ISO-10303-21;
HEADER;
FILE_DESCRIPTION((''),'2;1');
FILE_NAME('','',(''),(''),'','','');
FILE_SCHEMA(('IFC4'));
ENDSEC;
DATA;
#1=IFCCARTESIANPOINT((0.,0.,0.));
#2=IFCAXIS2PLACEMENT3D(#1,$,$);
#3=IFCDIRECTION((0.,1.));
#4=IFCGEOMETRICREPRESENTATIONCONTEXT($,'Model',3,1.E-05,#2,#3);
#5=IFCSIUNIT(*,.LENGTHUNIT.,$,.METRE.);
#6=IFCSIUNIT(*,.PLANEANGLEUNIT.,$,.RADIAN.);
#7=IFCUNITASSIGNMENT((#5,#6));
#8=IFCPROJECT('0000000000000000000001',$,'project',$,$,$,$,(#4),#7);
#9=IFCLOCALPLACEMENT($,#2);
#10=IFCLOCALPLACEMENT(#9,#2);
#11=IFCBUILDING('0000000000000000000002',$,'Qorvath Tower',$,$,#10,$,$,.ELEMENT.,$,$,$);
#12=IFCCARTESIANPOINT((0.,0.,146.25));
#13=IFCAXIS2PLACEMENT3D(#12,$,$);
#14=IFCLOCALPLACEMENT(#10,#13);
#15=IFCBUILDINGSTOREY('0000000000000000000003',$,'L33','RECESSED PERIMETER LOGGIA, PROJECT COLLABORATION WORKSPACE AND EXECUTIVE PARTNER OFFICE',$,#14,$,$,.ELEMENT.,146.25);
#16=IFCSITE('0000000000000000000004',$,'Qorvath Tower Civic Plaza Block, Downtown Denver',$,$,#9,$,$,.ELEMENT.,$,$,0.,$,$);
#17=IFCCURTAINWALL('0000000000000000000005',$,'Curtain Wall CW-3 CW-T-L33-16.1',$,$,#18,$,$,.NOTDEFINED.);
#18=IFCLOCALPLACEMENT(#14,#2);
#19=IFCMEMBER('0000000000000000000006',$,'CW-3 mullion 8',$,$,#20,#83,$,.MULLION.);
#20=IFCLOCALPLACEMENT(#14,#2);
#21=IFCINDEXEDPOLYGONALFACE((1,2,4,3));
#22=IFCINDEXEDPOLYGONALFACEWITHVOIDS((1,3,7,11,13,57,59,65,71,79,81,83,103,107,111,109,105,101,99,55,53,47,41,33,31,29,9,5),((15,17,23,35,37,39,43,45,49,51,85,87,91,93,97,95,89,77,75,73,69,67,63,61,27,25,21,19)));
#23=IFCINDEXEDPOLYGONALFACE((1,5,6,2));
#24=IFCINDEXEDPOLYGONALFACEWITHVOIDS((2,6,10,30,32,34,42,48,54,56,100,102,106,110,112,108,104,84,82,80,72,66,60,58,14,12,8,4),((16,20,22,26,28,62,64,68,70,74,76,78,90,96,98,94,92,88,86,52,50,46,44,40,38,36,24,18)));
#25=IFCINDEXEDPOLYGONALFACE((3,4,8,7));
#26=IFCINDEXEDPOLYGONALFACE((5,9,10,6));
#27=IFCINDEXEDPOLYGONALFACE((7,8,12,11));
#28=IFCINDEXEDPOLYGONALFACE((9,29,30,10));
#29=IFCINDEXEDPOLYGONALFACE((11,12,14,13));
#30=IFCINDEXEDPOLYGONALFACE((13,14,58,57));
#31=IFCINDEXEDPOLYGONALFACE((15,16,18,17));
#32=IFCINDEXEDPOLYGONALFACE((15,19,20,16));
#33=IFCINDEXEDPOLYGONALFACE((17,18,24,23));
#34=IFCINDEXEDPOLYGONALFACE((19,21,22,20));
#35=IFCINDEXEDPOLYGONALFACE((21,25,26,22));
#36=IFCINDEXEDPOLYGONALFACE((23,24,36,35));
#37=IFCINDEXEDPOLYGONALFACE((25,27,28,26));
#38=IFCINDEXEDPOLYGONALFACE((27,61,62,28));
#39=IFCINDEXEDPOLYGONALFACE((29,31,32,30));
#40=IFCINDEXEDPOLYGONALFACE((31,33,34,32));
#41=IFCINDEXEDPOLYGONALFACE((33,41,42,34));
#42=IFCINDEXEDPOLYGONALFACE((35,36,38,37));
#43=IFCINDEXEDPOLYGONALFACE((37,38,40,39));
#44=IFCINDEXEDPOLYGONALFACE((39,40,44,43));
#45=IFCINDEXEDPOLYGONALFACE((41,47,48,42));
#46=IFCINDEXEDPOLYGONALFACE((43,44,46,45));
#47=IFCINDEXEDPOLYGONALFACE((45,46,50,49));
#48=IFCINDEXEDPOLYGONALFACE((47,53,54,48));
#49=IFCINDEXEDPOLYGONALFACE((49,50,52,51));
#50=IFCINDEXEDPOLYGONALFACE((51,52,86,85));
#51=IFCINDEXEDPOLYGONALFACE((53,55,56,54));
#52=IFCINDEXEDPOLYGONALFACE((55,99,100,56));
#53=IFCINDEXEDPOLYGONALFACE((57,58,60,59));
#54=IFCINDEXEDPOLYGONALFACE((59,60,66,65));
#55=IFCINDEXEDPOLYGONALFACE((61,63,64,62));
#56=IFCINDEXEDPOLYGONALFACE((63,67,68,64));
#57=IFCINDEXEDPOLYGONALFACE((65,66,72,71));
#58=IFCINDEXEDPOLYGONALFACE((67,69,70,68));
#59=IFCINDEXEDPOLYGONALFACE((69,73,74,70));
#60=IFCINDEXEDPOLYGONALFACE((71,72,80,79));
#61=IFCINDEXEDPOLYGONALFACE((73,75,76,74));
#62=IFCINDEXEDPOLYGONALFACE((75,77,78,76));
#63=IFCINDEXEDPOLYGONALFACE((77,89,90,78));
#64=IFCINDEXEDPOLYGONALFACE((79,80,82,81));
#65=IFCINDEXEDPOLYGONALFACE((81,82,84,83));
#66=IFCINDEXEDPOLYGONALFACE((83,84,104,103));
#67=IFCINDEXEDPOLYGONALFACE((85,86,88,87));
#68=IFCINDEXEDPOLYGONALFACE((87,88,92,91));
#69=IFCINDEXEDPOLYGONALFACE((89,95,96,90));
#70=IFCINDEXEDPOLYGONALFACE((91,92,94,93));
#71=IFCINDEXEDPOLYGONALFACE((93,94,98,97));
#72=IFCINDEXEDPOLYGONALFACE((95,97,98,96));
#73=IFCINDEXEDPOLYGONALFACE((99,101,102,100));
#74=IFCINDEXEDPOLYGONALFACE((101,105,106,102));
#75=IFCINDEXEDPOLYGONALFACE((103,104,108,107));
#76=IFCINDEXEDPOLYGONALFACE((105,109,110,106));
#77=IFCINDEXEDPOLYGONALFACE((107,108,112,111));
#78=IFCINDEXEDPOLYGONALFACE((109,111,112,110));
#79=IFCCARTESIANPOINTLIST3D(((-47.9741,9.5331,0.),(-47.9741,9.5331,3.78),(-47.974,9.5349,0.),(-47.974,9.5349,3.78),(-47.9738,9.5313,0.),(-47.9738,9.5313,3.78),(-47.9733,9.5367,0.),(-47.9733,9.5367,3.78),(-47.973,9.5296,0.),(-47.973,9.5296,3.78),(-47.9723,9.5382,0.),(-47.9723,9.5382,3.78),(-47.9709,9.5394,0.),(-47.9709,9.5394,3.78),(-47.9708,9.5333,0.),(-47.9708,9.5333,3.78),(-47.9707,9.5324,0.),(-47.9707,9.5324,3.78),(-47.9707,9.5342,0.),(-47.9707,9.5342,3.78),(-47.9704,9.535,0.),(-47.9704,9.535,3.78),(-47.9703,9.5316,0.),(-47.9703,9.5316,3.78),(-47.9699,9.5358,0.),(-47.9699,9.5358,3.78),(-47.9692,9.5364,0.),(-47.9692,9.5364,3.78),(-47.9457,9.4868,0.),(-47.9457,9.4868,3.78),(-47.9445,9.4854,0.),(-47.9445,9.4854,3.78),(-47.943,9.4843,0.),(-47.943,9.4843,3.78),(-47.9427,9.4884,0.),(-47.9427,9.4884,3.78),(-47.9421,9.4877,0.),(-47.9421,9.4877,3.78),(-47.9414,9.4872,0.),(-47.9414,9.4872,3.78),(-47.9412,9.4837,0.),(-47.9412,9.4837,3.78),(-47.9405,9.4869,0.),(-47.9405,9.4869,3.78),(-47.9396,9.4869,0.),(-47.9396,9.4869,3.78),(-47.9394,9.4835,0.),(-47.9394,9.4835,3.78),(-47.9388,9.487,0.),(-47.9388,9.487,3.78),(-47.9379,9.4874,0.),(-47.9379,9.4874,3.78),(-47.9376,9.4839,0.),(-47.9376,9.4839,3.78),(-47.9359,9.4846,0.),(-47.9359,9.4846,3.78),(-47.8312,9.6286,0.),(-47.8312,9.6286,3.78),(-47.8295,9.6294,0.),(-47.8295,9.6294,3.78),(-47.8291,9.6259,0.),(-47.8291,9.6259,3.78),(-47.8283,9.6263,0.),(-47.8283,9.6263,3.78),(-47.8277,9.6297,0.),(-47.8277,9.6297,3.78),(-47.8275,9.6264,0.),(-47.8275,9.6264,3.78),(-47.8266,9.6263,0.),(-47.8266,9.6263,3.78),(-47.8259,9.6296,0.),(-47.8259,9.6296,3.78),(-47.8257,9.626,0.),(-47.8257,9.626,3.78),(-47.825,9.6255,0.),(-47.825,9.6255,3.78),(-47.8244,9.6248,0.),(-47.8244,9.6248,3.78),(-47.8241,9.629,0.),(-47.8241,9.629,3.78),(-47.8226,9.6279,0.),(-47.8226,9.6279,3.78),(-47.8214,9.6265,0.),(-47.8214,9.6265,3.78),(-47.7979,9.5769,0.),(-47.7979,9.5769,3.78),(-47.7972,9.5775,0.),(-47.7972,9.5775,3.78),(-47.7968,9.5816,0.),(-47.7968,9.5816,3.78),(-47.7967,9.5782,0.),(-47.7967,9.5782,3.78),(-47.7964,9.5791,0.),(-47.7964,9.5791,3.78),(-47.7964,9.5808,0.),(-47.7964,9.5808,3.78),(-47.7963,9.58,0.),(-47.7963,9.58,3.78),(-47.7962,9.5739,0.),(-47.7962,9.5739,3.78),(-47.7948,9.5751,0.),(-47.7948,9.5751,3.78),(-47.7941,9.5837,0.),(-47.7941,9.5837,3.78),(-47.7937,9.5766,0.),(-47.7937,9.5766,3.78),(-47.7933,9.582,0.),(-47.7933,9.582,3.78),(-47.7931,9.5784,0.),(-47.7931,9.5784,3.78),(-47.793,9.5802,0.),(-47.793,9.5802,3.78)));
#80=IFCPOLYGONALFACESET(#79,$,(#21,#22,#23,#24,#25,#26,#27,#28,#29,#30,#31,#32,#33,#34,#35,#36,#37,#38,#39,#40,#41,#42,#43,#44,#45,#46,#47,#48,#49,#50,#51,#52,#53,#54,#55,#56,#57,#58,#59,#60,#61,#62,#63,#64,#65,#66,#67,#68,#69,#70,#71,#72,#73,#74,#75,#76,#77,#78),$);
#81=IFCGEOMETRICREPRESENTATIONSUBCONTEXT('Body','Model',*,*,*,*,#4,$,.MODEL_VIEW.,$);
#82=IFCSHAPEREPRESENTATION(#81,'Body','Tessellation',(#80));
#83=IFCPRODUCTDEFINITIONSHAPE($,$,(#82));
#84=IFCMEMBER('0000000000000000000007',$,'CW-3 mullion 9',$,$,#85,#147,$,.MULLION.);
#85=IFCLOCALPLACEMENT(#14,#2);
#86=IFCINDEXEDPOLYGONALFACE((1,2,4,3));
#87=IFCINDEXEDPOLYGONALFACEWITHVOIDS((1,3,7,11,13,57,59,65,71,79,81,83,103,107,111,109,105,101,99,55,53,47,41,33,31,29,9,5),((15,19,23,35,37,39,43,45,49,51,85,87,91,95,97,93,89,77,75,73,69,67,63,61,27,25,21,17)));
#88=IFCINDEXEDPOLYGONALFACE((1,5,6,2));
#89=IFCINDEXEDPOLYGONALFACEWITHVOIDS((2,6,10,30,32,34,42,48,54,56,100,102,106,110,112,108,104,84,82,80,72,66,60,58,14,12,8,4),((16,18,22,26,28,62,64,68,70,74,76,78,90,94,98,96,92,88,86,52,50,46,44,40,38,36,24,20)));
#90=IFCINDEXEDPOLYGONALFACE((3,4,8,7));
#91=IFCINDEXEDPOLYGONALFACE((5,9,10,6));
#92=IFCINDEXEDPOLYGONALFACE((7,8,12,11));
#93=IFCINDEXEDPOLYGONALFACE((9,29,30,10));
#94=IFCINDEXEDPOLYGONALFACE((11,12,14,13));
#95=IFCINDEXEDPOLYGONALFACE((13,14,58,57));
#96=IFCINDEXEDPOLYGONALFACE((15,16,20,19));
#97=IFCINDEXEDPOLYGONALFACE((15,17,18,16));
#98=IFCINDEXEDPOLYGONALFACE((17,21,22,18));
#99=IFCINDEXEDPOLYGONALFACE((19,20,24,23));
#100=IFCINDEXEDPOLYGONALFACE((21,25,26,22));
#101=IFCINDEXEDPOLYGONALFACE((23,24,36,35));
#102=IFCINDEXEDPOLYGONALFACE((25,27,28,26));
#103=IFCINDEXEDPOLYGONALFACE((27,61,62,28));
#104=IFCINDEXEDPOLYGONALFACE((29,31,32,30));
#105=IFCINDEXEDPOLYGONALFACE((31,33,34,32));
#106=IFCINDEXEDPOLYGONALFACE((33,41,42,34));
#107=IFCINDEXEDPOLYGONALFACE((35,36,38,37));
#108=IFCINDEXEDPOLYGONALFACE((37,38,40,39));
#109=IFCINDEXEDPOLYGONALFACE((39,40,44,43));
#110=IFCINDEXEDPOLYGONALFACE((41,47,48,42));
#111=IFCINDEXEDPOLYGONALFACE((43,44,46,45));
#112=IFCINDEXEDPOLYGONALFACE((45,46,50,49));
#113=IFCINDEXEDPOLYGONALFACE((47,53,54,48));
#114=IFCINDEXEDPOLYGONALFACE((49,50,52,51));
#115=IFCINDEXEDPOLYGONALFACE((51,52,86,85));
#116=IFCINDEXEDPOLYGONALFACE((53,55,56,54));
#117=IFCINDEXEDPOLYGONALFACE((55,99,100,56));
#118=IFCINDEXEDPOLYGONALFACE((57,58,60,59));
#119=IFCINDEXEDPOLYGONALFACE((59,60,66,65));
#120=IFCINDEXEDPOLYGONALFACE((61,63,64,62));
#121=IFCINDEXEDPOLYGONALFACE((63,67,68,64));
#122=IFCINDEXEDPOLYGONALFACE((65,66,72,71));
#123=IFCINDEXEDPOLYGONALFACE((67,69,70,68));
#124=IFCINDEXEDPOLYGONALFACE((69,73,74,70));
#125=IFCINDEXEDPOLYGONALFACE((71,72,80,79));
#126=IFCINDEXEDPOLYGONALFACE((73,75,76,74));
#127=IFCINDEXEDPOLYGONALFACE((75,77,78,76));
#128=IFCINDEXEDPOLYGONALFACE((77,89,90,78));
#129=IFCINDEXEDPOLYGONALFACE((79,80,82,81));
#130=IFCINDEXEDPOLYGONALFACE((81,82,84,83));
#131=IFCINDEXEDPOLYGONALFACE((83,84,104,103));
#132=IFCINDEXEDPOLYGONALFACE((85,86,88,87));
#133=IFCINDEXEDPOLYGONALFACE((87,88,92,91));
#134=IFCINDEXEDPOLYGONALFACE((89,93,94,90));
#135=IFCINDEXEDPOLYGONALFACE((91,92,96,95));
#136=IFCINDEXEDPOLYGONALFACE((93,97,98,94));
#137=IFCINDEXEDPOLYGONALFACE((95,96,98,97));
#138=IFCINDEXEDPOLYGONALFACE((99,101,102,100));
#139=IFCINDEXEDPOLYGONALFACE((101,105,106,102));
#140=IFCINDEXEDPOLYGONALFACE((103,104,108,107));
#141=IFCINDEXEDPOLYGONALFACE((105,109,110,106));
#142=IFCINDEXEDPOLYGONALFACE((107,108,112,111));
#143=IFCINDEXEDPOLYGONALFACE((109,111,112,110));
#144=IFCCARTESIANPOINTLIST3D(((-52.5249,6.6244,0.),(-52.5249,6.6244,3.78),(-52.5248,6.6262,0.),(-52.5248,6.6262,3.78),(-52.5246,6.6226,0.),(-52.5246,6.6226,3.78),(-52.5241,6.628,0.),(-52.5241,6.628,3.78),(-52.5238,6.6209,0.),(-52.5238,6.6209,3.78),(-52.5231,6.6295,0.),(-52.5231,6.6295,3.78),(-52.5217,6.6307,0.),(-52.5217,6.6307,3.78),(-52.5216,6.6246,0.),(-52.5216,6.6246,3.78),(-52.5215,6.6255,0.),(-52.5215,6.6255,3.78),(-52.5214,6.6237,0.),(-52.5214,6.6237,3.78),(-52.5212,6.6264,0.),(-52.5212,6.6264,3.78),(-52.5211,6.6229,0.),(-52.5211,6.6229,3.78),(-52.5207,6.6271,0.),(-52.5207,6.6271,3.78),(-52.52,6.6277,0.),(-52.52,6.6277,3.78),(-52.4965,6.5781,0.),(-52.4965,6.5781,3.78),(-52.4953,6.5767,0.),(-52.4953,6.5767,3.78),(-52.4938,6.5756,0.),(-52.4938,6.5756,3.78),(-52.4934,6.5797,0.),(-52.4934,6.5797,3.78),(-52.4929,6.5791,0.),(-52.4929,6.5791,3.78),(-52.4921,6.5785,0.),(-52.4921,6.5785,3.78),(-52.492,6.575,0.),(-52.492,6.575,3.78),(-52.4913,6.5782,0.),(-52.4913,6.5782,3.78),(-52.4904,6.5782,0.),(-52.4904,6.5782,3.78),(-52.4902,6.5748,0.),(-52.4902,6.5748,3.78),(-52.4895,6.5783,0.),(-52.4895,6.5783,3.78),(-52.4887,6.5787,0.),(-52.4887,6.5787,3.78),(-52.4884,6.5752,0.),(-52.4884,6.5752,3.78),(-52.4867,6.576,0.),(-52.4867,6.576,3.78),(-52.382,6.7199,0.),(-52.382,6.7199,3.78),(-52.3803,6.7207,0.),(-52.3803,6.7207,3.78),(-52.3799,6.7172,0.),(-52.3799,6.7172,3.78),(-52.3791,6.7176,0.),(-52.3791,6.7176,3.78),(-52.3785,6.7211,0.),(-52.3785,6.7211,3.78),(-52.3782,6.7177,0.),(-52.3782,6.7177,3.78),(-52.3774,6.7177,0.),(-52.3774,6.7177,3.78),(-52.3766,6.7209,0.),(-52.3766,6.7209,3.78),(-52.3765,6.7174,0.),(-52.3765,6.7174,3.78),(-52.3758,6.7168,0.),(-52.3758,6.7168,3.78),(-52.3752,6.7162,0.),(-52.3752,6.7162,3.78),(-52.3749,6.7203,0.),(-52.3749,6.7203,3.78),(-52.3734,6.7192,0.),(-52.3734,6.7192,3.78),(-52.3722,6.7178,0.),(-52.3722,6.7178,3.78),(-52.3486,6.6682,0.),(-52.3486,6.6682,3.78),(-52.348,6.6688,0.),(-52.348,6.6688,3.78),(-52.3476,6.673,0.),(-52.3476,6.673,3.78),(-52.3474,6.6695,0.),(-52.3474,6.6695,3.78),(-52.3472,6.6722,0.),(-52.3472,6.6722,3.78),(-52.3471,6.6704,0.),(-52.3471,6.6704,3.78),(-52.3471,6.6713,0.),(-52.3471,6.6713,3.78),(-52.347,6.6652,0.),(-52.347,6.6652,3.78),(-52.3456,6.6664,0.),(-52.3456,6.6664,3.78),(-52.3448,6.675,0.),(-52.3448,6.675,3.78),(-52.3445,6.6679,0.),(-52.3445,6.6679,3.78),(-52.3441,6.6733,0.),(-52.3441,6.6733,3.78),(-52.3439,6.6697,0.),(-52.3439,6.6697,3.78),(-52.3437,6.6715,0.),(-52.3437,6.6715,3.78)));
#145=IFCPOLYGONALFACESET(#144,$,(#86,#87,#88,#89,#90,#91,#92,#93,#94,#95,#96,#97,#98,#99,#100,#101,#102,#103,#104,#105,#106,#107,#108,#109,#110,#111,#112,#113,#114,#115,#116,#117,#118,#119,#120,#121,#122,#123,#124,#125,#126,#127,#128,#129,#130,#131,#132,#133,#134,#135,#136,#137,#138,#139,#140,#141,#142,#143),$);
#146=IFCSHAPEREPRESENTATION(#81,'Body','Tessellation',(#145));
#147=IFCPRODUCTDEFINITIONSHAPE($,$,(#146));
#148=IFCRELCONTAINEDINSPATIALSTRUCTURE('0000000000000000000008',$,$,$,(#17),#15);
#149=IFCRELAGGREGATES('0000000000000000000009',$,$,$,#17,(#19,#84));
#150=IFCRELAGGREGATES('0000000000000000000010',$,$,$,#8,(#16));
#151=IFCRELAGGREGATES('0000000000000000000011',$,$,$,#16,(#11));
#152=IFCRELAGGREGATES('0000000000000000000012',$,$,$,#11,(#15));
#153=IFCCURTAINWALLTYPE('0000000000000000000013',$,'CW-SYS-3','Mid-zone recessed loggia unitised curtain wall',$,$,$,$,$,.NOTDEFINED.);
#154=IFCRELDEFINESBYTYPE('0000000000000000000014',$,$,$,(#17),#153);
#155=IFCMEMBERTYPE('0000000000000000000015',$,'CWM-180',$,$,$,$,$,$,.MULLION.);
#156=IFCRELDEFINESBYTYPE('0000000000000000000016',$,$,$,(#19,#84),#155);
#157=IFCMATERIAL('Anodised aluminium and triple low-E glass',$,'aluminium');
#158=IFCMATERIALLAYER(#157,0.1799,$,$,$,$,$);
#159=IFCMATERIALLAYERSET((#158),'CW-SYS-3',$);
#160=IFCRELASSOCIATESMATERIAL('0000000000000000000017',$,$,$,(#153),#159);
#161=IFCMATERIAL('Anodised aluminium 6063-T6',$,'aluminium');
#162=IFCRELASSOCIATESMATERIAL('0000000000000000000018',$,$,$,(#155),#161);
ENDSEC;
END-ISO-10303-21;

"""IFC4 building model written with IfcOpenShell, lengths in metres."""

from ifc_helpers import new_model, si_unit, direction, frame, origin, origin_2d, place, context, subcontext, project, spatial, hollow_rectangle, extrude, material, layer, layer_set, material_profile, profile_set, type_object, element, aggregate, save


model = new_model("IFC4")

# Units and contexts
model_context = context("Model", 3, precision=1e-05, world=origin(), true_north=direction((0.0, 1.0)))
body_context = subcontext(model_context, "Body", "Model", "MODEL_VIEW")
ifc_project = project(units=[si_unit("LENGTHUNIT", "METRE"), si_unit("PLANEANGLEUNIT", "RADIAN")], contexts=[model_context])

# Site, building, storey
site_placement = place(None, origin())
site = spatial("IfcSite", under=ifc_project, at=site_placement, Name="Qorvath Tower Civic Plaza Block, Downtown Denver", CompositionType="ELEMENT", RefElevation=0.0)
building_placement = place(site_placement, origin())
building = spatial("IfcBuilding", under=site, at=building_placement, Name="Qorvath Tower", CompositionType="ELEMENT")
storey_placement = place(building_placement, frame((0.0, 0.0, 146.25)))
storey = spatial("IfcBuildingStorey", under=building, at=storey_placement, Name="L33", Description="RECESSED PERIMETER LOGGIA, PROJECT COLLABORATION WORKSPACE AND EXECUTIVE PARTNER OFFICE", CompositionType="ELEMENT", Elevation=146.25)

# Curtain wall, members
ifc_material_1 = material(Name="Anodised aluminium and triple low-E glass", Category="aluminium")
ifc_layer_1 = layer(ifc_material_1, 0.1799)
ifc_layer_set_1 = layer_set([ifc_layer_1], Name="CW-SYS-3")
curtain_wall_type = type_object("IfcCurtainWallType", Name="CW-SYS-3", Description="Mid-zone recessed loggia unitised curtain wall", PredefinedType="NOTDEFINED", material=ifc_layer_set_1)
curtain_wall_placement = place(storey_placement, origin())
curtain_wall = element("IfcCurtainWall", 1, at=curtain_wall_placement, inside=storey, type_object=curtain_wall_type, Name="Curtain Wall CW-3 CW-T-L33-16.1", PredefinedType="NOTDEFINED")
ifc_material_2 = material(Name="Anodised aluminium 6063-T6", Category="aluminium")
ifc_material_profile_1 = material_profile(ifc_material_2, hollow_rectangle(XDim=0.0649, YDim=0.1799, WallThickness=0.0034, InnerFilletRadius=0.0034, OuterFilletRadius=0.0071, at=origin_2d()), Name="CWM 180x65")
ifc_profile_set_1 = profile_set([ifc_material_profile_1], Name="Anodised aluminium 6063-T6")
member_type_1 = type_object("IfcMemberType", Name="CWM-180", PredefinedType="MULLION", material=ifc_profile_set_1)
member_1_placement = place(storey_placement, frame((-47.8835, 9.5566, 0.0), z_axis=(0.0, 0.0, 1.0), x_axis=(0.538533, -0.842604, 0.0)))
member_1 = element("IfcMember", 2, at=member_1_placement, type_object=member_type_1, Name="CW-3 mullion 8", PredefinedType="MULLION", context=body_context, shape_type="SweptSolid", body=[
    extrude(hollow_rectangle(XDim=0.0649, YDim=0.1799, WallThickness=0.0034, InnerFilletRadius=0.0034, OuterFilletRadius=0.0071, at=origin_2d()), origin(), (0.0, 0.0, 1.0), 3.78),
])
member_2_placement = place(storey_placement, frame((-52.4343, 6.6479, 0.0), z_axis=(0.0, 0.0, 1.0), x_axis=(0.538533, -0.842604, 0.0)))
member_2 = element("IfcMember", 3, at=member_2_placement, type_object=member_type_1, Name="CW-3 mullion 9", PredefinedType="MULLION", context=body_context, shape_type="SweptSolid", body=[
    extrude(hollow_rectangle(XDim=0.0649, YDim=0.1799, WallThickness=0.0034, InnerFilletRadius=0.0034, OuterFilletRadius=0.0071, at=origin_2d()), origin(), (0.0, 0.0, 1.0), 3.78),
])
aggregate(curtain_wall, [member_1, member_2])

save(model, "model.ifc")
